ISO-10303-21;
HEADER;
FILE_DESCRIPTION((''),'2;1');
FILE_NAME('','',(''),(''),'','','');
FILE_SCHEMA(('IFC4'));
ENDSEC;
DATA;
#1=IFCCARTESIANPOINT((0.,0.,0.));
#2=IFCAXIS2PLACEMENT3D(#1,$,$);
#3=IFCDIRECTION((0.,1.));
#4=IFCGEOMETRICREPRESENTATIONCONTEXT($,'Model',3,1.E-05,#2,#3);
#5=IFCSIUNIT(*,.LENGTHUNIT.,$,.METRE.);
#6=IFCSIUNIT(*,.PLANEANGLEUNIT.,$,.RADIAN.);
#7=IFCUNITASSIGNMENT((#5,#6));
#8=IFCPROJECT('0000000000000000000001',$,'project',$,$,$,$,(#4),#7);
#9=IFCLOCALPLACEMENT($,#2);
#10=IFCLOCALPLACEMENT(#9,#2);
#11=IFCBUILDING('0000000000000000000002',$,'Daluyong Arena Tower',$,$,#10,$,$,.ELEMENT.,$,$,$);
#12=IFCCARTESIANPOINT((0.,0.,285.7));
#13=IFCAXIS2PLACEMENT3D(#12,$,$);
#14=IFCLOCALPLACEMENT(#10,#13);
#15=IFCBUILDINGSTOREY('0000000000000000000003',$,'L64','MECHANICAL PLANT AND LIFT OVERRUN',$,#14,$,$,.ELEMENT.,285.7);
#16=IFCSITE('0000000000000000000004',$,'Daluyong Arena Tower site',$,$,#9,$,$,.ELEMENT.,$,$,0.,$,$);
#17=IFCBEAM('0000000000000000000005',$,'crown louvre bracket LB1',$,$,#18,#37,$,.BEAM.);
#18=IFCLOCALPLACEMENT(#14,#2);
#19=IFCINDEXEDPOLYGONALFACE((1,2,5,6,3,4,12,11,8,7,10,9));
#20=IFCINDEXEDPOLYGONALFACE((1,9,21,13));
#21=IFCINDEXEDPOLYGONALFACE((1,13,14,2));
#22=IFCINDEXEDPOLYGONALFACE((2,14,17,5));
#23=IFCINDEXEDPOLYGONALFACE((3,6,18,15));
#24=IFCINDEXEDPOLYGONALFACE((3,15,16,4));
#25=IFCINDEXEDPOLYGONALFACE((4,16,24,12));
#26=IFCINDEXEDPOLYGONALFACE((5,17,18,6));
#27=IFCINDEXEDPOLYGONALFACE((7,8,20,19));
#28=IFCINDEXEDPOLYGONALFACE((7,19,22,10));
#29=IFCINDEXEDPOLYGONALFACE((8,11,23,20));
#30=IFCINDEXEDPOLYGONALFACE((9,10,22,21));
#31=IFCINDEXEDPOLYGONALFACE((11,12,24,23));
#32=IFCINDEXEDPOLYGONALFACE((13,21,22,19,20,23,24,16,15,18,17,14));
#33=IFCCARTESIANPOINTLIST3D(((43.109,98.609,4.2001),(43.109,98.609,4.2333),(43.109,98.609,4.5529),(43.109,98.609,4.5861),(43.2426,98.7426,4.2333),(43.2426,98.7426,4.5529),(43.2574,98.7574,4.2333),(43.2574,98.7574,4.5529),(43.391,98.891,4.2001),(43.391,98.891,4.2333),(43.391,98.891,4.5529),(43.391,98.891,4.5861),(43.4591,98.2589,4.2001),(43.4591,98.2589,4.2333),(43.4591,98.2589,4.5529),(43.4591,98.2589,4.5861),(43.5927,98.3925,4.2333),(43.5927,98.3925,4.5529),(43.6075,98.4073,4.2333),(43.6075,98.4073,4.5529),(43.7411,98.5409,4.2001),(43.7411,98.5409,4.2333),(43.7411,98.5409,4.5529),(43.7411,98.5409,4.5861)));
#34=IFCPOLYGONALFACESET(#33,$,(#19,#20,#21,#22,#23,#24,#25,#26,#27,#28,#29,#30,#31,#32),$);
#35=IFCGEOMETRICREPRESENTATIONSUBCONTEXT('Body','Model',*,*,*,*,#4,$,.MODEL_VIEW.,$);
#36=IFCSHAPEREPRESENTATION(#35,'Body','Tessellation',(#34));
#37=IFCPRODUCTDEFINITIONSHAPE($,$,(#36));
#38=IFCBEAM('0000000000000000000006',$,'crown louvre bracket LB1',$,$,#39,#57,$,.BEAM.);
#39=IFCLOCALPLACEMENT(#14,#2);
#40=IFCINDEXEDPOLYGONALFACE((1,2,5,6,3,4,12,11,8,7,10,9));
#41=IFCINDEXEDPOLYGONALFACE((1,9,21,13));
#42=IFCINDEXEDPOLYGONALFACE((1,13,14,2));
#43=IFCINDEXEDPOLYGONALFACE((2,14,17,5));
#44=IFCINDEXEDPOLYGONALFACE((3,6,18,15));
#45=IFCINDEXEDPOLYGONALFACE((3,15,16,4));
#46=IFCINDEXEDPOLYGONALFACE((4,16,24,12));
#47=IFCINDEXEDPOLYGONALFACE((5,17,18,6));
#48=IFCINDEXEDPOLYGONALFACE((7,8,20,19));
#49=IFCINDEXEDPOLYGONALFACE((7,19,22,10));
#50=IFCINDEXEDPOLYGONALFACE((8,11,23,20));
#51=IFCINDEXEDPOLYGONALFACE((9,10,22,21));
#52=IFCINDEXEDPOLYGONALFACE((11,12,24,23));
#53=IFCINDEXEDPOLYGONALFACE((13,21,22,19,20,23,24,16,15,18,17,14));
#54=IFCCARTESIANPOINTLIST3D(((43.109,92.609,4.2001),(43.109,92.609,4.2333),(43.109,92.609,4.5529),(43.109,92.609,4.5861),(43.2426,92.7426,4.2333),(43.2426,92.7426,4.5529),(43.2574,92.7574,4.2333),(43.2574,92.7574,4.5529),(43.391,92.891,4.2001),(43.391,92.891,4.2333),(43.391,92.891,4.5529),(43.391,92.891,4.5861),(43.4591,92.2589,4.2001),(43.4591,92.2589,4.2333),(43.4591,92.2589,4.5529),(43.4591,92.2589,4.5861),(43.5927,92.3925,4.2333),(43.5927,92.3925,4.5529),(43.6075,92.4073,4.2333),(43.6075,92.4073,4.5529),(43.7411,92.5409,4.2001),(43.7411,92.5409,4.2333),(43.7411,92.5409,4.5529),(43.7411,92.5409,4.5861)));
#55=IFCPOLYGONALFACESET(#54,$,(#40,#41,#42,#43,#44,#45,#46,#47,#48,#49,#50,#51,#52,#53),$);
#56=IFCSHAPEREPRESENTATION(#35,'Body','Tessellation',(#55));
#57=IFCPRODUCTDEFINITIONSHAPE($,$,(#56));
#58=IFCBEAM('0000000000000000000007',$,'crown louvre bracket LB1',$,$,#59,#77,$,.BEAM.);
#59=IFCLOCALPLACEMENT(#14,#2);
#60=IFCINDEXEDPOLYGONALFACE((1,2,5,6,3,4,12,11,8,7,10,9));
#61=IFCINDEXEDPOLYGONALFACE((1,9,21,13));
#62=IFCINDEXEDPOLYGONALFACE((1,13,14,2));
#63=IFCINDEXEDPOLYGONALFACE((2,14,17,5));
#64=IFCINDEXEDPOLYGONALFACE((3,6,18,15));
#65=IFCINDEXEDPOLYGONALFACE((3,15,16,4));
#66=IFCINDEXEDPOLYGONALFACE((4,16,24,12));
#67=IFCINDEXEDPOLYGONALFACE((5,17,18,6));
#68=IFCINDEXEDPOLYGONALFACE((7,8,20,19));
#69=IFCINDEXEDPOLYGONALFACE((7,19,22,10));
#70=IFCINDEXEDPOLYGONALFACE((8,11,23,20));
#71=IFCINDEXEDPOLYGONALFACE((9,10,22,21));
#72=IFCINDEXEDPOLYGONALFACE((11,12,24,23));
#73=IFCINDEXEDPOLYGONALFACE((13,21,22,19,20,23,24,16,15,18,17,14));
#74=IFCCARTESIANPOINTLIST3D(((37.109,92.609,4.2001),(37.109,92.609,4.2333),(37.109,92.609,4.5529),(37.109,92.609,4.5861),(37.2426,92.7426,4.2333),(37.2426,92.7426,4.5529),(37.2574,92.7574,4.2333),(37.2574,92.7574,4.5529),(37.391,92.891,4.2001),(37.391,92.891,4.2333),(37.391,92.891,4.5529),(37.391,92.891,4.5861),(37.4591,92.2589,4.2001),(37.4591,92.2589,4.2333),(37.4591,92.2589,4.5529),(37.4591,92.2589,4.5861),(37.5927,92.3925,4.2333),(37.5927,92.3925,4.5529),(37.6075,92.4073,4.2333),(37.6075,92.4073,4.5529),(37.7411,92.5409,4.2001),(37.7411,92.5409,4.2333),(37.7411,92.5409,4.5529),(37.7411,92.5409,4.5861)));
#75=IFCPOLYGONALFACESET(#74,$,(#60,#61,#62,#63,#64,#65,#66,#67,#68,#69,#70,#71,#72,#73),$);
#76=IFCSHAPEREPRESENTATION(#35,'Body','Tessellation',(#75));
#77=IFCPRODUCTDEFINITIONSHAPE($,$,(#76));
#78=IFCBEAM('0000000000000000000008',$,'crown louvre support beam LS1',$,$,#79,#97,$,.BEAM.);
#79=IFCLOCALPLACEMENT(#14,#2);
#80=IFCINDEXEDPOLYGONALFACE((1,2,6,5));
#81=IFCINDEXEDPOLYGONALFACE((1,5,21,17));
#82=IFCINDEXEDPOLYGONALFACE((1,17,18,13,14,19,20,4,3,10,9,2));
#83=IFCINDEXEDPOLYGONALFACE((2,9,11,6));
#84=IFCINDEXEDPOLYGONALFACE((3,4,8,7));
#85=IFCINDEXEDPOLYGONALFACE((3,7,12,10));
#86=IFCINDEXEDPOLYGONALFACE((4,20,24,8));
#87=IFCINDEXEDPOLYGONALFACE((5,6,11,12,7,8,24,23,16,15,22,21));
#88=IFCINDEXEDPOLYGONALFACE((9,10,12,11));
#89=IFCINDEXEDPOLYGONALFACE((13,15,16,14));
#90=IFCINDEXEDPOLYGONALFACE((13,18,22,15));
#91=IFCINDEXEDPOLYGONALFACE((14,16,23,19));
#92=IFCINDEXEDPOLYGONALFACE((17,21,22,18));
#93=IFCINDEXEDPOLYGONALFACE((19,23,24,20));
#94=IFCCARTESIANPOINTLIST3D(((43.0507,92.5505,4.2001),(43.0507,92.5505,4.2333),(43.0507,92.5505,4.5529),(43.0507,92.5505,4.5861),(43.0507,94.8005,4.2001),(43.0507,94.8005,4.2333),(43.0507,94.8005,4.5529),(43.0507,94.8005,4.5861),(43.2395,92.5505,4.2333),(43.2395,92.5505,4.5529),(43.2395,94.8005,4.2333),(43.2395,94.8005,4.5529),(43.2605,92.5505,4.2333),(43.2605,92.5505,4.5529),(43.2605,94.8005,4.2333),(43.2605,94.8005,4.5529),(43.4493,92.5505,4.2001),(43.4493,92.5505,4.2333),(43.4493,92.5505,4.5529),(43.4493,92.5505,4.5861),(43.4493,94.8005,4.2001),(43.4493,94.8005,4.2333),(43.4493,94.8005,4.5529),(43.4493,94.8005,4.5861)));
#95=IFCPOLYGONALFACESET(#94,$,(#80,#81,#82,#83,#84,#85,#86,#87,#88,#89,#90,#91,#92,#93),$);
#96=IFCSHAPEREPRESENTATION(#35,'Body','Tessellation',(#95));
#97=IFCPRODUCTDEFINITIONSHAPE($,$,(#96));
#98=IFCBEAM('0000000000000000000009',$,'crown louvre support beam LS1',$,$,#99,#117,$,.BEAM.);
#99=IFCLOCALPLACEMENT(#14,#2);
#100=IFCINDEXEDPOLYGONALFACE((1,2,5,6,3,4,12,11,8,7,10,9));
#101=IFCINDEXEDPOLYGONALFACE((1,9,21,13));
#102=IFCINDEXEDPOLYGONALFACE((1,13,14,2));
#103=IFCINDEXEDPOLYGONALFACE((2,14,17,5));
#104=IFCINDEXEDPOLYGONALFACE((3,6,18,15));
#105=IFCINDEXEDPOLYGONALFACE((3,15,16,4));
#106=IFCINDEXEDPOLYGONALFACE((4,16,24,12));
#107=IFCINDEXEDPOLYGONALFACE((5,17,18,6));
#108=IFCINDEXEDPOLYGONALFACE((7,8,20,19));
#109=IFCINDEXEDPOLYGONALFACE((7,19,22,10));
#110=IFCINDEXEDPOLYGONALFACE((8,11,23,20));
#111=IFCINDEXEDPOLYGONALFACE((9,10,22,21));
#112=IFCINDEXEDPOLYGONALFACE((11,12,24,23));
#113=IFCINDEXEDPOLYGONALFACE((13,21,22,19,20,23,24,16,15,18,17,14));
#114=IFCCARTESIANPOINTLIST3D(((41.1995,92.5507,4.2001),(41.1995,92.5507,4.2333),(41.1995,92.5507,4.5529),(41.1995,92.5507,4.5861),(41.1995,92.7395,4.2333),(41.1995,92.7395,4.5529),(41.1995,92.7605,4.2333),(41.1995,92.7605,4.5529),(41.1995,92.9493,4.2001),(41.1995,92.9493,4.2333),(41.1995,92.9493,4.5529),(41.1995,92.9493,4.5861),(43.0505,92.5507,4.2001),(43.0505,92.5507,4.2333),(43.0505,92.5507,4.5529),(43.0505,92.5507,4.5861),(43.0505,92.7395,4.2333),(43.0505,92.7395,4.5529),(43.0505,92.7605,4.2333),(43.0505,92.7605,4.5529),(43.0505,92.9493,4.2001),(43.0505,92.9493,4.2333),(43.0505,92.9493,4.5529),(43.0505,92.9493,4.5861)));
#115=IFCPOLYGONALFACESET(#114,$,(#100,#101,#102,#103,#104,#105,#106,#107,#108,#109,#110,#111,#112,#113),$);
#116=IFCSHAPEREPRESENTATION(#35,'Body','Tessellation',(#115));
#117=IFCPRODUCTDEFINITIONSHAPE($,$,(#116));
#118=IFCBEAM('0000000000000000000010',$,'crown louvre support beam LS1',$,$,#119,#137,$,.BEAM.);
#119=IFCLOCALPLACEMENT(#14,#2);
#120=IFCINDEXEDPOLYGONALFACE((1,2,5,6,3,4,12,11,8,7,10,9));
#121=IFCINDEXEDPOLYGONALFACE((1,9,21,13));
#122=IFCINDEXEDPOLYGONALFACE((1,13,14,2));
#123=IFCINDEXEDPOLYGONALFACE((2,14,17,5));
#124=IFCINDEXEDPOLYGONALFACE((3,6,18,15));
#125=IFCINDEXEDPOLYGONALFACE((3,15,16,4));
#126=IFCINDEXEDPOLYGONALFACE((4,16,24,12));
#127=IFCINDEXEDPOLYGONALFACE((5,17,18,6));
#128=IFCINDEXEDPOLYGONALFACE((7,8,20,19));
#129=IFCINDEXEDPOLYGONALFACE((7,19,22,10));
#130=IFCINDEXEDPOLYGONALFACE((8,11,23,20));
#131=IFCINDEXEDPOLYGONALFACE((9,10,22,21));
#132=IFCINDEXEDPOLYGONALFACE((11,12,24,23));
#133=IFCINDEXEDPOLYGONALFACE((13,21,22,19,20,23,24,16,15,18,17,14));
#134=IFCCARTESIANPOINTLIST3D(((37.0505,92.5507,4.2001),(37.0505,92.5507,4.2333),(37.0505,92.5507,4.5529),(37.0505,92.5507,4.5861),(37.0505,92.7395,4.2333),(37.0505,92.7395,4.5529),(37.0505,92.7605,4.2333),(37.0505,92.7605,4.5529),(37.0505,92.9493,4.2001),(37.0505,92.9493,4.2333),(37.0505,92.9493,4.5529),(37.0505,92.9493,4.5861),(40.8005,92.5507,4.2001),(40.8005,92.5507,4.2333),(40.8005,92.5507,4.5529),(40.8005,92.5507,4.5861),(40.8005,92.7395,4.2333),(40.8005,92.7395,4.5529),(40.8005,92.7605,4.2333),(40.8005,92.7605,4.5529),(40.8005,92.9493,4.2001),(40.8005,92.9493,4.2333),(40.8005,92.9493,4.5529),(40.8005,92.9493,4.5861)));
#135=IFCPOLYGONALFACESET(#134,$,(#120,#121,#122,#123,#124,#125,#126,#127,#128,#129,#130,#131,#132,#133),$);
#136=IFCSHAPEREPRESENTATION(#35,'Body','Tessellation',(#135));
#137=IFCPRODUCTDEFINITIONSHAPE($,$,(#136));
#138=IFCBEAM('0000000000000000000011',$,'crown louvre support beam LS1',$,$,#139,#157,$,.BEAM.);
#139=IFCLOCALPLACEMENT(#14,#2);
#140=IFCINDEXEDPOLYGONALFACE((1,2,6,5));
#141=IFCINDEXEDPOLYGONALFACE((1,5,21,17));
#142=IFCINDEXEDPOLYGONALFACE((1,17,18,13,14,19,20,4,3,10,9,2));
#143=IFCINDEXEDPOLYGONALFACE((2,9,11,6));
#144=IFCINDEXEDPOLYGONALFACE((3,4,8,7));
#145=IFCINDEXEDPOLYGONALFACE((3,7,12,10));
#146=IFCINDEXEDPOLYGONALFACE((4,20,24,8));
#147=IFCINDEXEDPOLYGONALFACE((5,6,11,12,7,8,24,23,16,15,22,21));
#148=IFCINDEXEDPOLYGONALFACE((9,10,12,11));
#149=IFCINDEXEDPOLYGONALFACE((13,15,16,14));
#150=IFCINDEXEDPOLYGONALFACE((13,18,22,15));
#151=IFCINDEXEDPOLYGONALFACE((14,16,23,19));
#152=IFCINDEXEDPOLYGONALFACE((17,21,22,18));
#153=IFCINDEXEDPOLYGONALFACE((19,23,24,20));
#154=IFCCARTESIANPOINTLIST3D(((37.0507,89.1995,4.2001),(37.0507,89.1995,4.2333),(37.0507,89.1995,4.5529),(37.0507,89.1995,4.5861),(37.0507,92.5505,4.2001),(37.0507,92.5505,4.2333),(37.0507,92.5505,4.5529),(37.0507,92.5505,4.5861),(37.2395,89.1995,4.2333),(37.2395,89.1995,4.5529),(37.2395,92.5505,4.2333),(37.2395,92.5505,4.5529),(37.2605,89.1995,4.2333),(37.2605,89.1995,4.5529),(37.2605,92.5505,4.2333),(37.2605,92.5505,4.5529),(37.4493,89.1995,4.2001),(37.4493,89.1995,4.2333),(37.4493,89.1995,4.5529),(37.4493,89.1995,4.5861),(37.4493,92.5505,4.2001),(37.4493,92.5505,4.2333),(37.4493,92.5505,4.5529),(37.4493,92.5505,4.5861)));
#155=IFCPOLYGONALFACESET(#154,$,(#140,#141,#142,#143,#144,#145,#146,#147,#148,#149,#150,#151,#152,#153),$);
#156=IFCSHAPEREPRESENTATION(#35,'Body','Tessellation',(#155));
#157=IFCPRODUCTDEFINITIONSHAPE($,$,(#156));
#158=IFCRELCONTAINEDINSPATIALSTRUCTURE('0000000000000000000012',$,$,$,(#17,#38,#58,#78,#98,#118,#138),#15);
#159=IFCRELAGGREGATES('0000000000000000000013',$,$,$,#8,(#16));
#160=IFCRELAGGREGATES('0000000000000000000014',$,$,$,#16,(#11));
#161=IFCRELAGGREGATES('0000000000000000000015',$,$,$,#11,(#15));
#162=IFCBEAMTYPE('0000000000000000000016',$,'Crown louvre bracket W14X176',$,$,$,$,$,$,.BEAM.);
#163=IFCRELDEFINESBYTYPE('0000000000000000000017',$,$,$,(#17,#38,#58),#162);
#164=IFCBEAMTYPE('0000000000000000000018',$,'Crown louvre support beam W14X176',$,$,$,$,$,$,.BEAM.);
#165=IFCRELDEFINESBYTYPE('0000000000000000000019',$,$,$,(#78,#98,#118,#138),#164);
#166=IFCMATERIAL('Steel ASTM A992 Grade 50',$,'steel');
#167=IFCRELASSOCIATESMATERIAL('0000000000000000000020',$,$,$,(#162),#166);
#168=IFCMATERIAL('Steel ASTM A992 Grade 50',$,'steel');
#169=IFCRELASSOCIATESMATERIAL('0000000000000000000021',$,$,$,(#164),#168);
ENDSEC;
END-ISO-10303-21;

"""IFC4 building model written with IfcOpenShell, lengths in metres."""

from ifc_helpers import new_model, si_unit, direction, frame, origin, origin_2d, place, context, subcontext, project, spatial, i_section, extrude, material, material_profile, profile_set, type_object, element, save


model = new_model("IFC4")

# Units and contexts
model_context = context("Model", 3, precision=1e-05, world=origin(), true_north=direction((0.0, 1.0)))
body_context = subcontext(model_context, "Body", "Model", "MODEL_VIEW")
ifc_project = project(units=[si_unit("LENGTHUNIT", "METRE"), si_unit("PLANEANGLEUNIT", "RADIAN")], contexts=[model_context])

# Site, building, storey
site_placement = place(None, origin())
site = spatial("IfcSite", under=ifc_project, at=site_placement, Name="Daluyong Arena Tower site", CompositionType="ELEMENT", RefElevation=0.0)
building_placement = place(site_placement, origin())
building = spatial("IfcBuilding", under=site, at=building_placement, Name="Daluyong Arena Tower", CompositionType="ELEMENT")
storey_placement = place(building_placement, frame((0.0, 0.0, 285.7)))
storey = spatial("IfcBuildingStorey", under=building, at=storey_placement, Name="L64", Description="MECHANICAL PLANT AND LIFT OVERRUN", CompositionType="ELEMENT", Elevation=285.7)

# Beams
ifc_material_1 = material(Name="Steel ASTM A992 Grade 50", Category="steel")
ifc_material_profile_1 = material_profile(ifc_material_1, i_section(OverallWidth=0.3987, OverallDepth=0.386, WebThickness=0.021, FlangeThickness=0.0332, at=origin_2d()))
ifc_profile_set_1 = profile_set([ifc_material_profile_1], Name="Steel ASTM A992 Grade 50")
beam_type_1 = type_object("IfcBeamType", Name="Crown louvre bracket W14X176", PredefinedType="BEAM", material=ifc_profile_set_1)
for number, where, z_axis, x_axis, name in (
    (1, (43.6001, 98.3999, 4.3931), (-0.707107, 0.707107, 0.0), (-0.707107, -0.707107, 0.0), "crown louvre bracket LB1"),
    (2, (43.6001, 92.3999, 4.3931), (-0.707107, 0.707107, 0.0), (-0.707107, -0.707107, 0.0), "crown louvre bracket LB1"),
    (3, (37.6001, 92.3999, 4.3931), (-0.707107, 0.707107, 0.0), (-0.707107, -0.707107, 0.0), "crown louvre bracket LB1"),
):
    element("IfcBeam", number, at=place(storey_placement, frame(where, z_axis=z_axis, x_axis=x_axis)), inside=storey, type_object=beam_type_1, Name=name, PredefinedType="BEAM", context=body_context, shape_type="SweptSolid", body=[
        extrude(i_section(OverallWidth=0.3987, OverallDepth=0.386, WebThickness=0.021, FlangeThickness=0.0332, at=origin_2d()), origin(), (0.0, 0.0, 1.0), 0.4951),
    ])
ifc_material_2 = material(Name="Steel ASTM A992 Grade 50", Category="steel")
ifc_material_profile_2 = material_profile(ifc_material_2, i_section(OverallWidth=0.3987, OverallDepth=0.386, WebThickness=0.021, FlangeThickness=0.0332, at=origin_2d()))
ifc_profile_set_2 = profile_set([ifc_material_profile_2], Name="Steel ASTM A992 Grade 50")
beam_type_2 = type_object("IfcBeamType", Name="Crown louvre support beam W14X176", PredefinedType="BEAM", material=ifc_profile_set_2)
beam_1_placement = place(storey_placement, frame((43.25, 94.8005, 4.3931), z_axis=(0.0, -1.0, 0.0), x_axis=(1.0, 0.0, 0.0)))
element("IfcBeam", 4, at=beam_1_placement, inside=storey, type_object=beam_type_2, Name="crown louvre support beam LS1", PredefinedType="BEAM", context=body_context, shape_type="SweptSolid", body=[
    extrude(i_section(OverallWidth=0.3987, OverallDepth=0.386, WebThickness=0.021, FlangeThickness=0.0332, at=origin_2d()), origin(), (0.0, 0.0, 1.0), 2.25),
])
beam_2_placement = place(storey_placement, frame((43.0505, 92.75, 4.3931), z_axis=(-1.0, 0.0, 0.0), x_axis=(0.0, -1.0, 0.0)))
element("IfcBeam", 5, at=beam_2_placement, inside=storey, type_object=beam_type_2, Name="crown louvre support beam LS1", PredefinedType="BEAM", context=body_context, shape_type="SweptSolid", body=[
    extrude(i_section(OverallWidth=0.3987, OverallDepth=0.386, WebThickness=0.021, FlangeThickness=0.0332, at=origin_2d()), origin(), (0.0, 0.0, 1.0), 1.8511),
])
beam_3_placement = place(storey_placement, frame((40.8005, 92.75, 4.3931), z_axis=(-1.0, 0.0, 0.0), x_axis=(0.0, -1.0, 0.0)))
element("IfcBeam", 6, at=beam_3_placement, inside=storey, type_object=beam_type_2, Name="crown louvre support beam LS1", PredefinedType="BEAM", context=body_context, shape_type="SweptSolid", body=[
    extrude(i_section(OverallWidth=0.3987, OverallDepth=0.386, WebThickness=0.021, FlangeThickness=0.0332, at=origin_2d()), origin(), (0.0, 0.0, 1.0), 3.75),
])
beam_4_placement = place(storey_placement, frame((37.25, 92.5505, 4.3931), z_axis=(0.0, -1.0, 0.0), x_axis=(1.0, 0.0, 0.0)))
element("IfcBeam", 7, at=beam_4_placement, inside=storey, type_object=beam_type_2, Name="crown louvre support beam LS1", PredefinedType="BEAM", context=body_context, shape_type="SweptSolid", body=[
    extrude(i_section(OverallWidth=0.3987, OverallDepth=0.386, WebThickness=0.021, FlangeThickness=0.0332, at=origin_2d()), origin(), (0.0, 0.0, 1.0), 3.3511),
])

save(model, "model.ifc")
